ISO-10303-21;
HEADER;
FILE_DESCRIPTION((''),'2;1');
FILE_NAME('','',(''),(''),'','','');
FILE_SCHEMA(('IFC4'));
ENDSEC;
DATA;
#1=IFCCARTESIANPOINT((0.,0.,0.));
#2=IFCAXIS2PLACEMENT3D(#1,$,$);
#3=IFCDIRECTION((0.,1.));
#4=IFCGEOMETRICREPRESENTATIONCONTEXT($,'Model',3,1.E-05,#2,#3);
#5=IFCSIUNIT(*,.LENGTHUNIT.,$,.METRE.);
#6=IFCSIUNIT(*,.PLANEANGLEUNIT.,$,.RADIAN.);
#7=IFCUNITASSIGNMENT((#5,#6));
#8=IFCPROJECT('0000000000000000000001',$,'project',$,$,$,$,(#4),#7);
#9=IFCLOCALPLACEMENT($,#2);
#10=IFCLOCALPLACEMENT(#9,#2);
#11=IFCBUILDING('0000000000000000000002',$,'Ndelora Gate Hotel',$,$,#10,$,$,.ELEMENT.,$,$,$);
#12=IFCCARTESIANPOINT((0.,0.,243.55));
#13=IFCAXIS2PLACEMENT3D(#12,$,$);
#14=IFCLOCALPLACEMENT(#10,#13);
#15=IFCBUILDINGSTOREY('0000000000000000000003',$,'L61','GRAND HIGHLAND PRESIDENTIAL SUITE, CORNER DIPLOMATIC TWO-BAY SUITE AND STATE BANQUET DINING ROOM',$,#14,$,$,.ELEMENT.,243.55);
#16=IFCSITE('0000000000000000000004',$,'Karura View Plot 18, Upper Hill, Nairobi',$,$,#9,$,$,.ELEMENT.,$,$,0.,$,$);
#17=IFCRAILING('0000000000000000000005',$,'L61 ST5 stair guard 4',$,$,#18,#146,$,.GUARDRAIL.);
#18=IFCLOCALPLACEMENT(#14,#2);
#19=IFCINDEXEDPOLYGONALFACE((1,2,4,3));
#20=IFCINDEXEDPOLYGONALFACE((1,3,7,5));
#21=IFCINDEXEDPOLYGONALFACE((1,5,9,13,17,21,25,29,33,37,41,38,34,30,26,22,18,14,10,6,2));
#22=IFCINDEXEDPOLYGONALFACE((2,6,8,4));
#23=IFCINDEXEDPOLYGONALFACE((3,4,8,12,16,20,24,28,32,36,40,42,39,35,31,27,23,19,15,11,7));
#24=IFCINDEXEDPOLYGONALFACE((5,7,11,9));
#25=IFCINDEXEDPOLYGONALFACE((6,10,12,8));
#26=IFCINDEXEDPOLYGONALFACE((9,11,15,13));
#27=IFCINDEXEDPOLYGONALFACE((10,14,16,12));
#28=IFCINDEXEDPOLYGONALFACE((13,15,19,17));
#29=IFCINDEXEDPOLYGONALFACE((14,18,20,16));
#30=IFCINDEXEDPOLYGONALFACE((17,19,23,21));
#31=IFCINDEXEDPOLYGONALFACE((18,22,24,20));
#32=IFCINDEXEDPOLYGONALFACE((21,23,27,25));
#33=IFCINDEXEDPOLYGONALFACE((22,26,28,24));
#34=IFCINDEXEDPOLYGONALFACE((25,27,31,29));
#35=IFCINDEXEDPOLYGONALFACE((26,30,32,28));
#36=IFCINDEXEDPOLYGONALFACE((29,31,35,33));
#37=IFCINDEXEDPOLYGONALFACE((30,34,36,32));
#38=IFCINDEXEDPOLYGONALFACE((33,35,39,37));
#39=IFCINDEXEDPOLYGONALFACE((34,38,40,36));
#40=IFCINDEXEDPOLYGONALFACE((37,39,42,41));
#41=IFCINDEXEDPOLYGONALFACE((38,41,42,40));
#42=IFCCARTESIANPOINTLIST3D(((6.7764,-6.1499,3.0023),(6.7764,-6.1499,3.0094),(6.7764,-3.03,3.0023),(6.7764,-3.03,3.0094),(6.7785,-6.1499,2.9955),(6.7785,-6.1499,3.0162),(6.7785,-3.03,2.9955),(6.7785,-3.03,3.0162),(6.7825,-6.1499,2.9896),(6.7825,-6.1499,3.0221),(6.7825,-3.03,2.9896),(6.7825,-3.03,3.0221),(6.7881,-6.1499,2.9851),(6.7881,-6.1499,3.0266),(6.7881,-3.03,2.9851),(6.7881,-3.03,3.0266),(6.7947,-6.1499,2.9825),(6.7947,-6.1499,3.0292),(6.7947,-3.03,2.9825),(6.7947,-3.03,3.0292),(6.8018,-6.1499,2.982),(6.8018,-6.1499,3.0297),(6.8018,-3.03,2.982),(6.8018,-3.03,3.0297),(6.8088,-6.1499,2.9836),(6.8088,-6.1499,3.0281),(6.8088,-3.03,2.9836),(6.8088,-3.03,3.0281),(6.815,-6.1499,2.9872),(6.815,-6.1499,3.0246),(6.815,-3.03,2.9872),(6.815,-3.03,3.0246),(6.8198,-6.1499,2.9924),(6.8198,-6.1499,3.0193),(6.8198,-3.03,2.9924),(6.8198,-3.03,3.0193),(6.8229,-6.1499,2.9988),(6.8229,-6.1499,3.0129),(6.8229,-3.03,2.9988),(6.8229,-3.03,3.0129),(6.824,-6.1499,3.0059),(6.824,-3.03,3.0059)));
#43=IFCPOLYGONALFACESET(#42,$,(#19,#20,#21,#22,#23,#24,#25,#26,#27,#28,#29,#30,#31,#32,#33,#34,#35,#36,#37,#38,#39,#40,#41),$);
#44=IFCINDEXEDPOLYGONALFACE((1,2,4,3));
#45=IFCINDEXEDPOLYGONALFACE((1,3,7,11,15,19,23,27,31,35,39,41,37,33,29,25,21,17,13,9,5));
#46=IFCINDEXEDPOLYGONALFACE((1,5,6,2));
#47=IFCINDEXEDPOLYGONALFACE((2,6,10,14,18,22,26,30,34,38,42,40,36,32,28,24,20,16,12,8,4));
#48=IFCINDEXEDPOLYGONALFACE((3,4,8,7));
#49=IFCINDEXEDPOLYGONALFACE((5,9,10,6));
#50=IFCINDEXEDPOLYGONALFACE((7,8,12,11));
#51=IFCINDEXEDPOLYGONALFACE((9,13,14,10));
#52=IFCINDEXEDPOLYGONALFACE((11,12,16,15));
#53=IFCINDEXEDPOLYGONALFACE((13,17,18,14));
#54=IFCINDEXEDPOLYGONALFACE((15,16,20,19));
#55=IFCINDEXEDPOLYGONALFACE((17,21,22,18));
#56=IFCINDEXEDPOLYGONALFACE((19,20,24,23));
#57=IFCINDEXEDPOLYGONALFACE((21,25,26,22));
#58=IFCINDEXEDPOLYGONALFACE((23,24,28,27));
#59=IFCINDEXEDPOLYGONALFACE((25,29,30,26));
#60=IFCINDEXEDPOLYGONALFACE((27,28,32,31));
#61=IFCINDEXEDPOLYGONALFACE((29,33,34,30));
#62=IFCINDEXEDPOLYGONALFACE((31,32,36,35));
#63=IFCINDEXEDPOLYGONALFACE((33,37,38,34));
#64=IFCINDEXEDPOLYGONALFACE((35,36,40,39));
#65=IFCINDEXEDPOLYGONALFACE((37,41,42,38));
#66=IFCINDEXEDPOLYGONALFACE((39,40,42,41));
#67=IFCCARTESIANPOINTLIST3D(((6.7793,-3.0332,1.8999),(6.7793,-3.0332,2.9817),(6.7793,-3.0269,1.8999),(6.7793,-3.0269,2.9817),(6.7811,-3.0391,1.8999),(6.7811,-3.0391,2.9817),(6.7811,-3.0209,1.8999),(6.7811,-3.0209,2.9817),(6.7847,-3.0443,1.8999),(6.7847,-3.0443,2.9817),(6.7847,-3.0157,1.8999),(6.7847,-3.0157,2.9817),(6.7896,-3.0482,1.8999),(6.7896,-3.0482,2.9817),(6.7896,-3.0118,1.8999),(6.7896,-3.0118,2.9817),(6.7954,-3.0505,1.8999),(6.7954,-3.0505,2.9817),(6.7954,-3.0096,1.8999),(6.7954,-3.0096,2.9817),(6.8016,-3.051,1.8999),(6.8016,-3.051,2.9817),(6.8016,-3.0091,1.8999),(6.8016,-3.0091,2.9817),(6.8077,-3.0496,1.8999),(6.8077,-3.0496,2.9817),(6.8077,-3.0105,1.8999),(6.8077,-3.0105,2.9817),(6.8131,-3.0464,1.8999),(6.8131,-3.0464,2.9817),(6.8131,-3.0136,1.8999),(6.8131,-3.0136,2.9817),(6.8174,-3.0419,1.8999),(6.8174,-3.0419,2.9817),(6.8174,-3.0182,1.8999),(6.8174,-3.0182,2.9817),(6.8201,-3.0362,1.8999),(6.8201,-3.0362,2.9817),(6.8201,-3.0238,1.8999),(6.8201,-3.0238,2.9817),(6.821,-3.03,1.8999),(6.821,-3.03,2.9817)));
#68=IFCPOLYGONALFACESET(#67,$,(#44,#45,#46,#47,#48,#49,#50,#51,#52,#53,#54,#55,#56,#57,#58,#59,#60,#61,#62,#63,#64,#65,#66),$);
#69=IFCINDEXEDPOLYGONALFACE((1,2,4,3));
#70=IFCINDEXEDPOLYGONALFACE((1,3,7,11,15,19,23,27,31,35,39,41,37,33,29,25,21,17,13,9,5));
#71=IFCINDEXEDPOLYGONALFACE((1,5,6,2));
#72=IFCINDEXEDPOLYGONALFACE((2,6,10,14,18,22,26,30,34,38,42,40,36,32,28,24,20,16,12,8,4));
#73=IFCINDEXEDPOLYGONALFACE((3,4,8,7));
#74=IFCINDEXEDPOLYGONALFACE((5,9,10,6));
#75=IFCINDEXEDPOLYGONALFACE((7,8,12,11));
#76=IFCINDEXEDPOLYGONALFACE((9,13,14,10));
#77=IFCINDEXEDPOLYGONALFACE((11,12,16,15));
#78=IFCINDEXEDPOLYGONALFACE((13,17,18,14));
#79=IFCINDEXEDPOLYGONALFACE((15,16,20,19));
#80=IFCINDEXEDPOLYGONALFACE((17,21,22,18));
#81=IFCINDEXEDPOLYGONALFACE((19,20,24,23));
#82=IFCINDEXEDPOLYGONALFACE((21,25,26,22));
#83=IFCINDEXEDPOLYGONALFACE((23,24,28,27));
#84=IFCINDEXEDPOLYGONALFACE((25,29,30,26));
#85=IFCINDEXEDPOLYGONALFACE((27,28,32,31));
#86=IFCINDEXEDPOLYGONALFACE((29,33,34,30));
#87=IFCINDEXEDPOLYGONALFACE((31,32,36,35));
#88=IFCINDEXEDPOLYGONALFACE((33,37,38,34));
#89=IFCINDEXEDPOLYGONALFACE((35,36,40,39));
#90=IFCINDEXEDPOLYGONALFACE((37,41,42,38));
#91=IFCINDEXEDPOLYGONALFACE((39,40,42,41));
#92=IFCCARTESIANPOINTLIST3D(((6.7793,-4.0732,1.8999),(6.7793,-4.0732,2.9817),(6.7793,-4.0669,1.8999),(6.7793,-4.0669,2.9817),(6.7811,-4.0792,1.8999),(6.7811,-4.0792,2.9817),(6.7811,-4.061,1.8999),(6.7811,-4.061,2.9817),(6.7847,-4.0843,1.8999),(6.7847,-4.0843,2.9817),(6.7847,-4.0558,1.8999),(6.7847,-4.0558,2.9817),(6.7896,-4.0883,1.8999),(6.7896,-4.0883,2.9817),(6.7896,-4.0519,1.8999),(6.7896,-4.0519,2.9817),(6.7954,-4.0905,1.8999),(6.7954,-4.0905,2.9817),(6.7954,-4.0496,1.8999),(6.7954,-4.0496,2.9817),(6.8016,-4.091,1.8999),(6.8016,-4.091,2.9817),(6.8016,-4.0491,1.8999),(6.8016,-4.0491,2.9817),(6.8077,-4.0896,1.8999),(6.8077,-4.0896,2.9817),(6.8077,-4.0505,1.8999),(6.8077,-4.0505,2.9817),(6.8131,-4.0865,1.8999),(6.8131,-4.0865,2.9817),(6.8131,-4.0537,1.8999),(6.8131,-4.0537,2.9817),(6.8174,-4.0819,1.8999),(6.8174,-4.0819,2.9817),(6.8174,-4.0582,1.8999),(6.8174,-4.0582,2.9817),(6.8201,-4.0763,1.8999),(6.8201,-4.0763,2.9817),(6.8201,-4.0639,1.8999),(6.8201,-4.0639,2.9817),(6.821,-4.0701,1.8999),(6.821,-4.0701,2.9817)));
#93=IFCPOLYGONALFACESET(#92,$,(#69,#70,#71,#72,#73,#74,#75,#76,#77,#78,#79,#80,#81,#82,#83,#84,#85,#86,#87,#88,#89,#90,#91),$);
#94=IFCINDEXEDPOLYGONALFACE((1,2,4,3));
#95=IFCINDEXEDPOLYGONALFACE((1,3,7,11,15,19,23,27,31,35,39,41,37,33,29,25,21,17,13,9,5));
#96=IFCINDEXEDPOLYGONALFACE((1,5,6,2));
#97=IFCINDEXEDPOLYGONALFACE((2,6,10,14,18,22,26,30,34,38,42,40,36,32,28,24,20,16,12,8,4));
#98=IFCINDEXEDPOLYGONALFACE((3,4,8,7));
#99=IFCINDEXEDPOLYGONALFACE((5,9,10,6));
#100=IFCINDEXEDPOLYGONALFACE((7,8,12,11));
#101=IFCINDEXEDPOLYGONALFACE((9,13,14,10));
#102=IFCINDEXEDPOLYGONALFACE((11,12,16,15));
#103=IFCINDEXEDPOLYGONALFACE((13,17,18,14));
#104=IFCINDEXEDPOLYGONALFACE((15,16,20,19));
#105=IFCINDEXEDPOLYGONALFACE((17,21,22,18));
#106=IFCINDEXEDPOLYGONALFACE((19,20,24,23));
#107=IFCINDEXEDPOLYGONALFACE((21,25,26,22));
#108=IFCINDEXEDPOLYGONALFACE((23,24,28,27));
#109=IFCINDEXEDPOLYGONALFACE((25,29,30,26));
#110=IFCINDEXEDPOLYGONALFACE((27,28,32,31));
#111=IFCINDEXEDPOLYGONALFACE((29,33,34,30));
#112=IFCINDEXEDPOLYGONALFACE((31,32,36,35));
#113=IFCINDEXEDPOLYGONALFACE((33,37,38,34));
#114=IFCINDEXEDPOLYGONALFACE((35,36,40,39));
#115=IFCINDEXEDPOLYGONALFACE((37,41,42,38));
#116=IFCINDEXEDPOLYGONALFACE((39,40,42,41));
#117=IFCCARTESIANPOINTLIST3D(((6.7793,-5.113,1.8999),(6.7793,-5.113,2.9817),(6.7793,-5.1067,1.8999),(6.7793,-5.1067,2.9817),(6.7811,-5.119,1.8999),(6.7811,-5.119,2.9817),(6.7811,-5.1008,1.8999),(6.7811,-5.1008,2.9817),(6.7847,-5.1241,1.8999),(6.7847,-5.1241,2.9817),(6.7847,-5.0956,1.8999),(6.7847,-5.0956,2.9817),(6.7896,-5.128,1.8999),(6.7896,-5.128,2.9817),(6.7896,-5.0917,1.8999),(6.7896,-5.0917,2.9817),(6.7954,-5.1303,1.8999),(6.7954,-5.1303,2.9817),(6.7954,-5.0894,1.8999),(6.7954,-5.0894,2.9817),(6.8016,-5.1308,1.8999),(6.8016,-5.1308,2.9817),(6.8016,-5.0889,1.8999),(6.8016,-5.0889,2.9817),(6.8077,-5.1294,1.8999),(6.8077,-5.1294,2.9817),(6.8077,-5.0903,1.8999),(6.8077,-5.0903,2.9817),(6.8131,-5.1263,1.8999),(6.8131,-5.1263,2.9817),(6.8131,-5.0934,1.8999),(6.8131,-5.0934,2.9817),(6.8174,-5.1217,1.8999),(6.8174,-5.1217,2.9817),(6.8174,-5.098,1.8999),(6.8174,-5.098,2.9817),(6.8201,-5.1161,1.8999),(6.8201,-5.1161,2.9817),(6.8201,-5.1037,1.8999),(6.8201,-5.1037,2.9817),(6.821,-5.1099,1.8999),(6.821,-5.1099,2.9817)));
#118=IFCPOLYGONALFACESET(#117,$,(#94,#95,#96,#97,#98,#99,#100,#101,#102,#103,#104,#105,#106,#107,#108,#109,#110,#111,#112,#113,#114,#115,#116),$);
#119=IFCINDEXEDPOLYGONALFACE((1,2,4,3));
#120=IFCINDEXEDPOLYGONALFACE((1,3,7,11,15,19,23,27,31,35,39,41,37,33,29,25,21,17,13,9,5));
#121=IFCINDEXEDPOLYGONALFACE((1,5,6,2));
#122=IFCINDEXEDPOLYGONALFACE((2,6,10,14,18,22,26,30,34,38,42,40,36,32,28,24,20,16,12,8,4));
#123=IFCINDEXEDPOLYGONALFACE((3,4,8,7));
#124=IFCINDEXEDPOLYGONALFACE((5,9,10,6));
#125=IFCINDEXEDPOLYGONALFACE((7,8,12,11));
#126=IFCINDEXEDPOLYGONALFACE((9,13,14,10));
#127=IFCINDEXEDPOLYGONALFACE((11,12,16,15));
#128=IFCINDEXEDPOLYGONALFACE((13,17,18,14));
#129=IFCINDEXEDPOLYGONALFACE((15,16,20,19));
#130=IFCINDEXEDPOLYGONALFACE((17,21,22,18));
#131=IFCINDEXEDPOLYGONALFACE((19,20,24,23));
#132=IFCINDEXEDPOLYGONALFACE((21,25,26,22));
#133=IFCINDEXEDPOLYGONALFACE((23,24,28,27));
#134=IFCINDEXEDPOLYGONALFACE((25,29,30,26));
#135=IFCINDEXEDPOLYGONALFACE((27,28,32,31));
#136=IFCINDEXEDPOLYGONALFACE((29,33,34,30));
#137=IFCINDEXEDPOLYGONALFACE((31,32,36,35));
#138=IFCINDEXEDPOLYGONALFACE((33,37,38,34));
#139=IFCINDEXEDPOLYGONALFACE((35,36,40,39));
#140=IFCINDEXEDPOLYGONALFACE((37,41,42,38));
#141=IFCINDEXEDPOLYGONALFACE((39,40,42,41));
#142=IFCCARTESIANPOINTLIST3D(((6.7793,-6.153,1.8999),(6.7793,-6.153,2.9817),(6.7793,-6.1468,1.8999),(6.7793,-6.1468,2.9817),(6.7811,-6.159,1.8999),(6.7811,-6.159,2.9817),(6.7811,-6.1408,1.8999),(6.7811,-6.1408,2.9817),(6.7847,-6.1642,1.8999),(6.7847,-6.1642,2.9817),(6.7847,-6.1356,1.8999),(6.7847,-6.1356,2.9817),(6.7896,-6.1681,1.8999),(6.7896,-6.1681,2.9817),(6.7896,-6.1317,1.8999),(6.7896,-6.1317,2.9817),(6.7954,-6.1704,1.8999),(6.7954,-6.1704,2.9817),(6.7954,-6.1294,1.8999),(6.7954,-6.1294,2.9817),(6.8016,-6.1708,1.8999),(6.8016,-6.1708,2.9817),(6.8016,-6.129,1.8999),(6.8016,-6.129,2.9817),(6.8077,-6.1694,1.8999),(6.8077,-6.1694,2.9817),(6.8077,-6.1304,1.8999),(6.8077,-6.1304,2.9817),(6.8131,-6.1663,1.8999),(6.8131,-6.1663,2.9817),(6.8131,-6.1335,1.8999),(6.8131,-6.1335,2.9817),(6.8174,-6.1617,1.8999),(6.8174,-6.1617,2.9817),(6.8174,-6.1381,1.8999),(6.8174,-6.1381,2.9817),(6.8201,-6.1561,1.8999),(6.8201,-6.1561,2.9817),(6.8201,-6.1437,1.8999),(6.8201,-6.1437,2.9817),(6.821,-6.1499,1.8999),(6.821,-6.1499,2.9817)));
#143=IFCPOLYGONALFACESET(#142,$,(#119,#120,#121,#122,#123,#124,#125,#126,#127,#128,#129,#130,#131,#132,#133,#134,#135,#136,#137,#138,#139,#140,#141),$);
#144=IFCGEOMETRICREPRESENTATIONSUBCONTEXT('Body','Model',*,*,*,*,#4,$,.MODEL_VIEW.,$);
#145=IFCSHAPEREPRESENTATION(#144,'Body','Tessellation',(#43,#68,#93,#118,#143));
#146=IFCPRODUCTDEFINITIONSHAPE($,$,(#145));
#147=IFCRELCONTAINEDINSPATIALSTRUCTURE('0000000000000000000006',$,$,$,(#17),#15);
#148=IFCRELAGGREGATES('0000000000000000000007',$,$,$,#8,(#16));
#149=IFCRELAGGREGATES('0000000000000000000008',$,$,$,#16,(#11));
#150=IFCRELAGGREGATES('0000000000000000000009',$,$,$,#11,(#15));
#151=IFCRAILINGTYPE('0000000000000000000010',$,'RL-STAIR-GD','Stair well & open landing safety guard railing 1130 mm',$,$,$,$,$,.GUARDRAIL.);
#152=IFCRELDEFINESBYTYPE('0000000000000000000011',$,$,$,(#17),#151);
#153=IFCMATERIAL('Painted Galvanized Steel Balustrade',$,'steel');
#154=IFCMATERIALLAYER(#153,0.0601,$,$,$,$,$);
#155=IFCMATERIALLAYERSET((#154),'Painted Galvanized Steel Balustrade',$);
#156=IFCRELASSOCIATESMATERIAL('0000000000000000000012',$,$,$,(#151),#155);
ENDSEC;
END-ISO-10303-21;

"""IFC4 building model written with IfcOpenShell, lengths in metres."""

from ifc_helpers import new_model, si_unit, direction, frame, origin, origin_2d, place, context, subcontext, project, spatial, circle, extrude, material, layer, layer_set, type_object, element, save


model = new_model("IFC4")

# Units and contexts
model_context = context("Model", 3, precision=1e-05, world=origin(), true_north=direction((0.0, 1.0)))
body_context = subcontext(model_context, "Body", "Model", "MODEL_VIEW")
ifc_project = project(units=[si_unit("LENGTHUNIT", "METRE"), si_unit("PLANEANGLEUNIT", "RADIAN")], contexts=[model_context])

# Site, building, storey
site_placement = place(None, origin())
site = spatial("IfcSite", under=ifc_project, at=site_placement, Name="Karura View Plot 18, Upper Hill, Nairobi", CompositionType="ELEMENT", RefElevation=0.0)
building_placement = place(site_placement, origin())
building = spatial("IfcBuilding", under=site, at=building_placement, Name="Ndelora Gate Hotel", CompositionType="ELEMENT")
storey_placement = place(building_placement, frame((0.0, 0.0, 243.55)))
storey = spatial("IfcBuildingStorey", under=building, at=storey_placement, Name="L61", Description="GRAND HIGHLAND PRESIDENTIAL SUITE, CORNER DIPLOMATIC TWO-BAY SUITE AND STATE BANQUET DINING ROOM", CompositionType="ELEMENT", Elevation=243.55)

# Railing
ifc_material_1 = material(Name="Painted Galvanized Steel Balustrade", Category="steel")
ifc_layer_1 = layer(ifc_material_1, 0.0601)
ifc_layer_set_1 = layer_set([ifc_layer_1], Name="Painted Galvanized Steel Balustrade")
railing_type_1 = type_object("IfcRailingType", Name="RL-STAIR-GD", Description="Stair well & open landing safety guard railing 1130 mm", PredefinedType="GUARDRAIL", material=ifc_layer_set_1)
for number, where, name in (
    (1, (6.8, -3.03, 1.8999), "L61 ST5 stair guard 4"),
):
    element("IfcRailing", number, at=place(storey_placement, frame(where)), inside=storey, type_object=railing_type_1, Name=name, PredefinedType="GUARDRAIL", context=body_context, shape_type="SweptSolid", body=[
        extrude(circle(Radius=0.0239, at=origin_2d()), frame((0.0, 0.0, 1.106), z_axis=(0.0, -1.0, 0.0), x_axis=(1.0, 0.0, 0.0)), (0.0, 0.0, 1.0), 3.1199),
        extrude(circle(Radius=0.021, at=origin_2d()), origin(), (0.0, 0.0, 1.0), 1.0818),
        extrude(circle(Radius=0.021, at=origin_2d()), frame((0.0, -1.04, 0.0)), (0.0, 0.0, 1.0), 1.0818),
        extrude(circle(Radius=0.021, at=origin_2d()), frame((0.0, -2.0798, 0.0)), (0.0, 0.0, 1.0), 1.0818),
        extrude(circle(Radius=0.021, at=origin_2d()), frame((0.0, -3.1199, 0.0)), (0.0, 0.0, 1.0), 1.0818),
    ])

save(model, "model.ifc")
